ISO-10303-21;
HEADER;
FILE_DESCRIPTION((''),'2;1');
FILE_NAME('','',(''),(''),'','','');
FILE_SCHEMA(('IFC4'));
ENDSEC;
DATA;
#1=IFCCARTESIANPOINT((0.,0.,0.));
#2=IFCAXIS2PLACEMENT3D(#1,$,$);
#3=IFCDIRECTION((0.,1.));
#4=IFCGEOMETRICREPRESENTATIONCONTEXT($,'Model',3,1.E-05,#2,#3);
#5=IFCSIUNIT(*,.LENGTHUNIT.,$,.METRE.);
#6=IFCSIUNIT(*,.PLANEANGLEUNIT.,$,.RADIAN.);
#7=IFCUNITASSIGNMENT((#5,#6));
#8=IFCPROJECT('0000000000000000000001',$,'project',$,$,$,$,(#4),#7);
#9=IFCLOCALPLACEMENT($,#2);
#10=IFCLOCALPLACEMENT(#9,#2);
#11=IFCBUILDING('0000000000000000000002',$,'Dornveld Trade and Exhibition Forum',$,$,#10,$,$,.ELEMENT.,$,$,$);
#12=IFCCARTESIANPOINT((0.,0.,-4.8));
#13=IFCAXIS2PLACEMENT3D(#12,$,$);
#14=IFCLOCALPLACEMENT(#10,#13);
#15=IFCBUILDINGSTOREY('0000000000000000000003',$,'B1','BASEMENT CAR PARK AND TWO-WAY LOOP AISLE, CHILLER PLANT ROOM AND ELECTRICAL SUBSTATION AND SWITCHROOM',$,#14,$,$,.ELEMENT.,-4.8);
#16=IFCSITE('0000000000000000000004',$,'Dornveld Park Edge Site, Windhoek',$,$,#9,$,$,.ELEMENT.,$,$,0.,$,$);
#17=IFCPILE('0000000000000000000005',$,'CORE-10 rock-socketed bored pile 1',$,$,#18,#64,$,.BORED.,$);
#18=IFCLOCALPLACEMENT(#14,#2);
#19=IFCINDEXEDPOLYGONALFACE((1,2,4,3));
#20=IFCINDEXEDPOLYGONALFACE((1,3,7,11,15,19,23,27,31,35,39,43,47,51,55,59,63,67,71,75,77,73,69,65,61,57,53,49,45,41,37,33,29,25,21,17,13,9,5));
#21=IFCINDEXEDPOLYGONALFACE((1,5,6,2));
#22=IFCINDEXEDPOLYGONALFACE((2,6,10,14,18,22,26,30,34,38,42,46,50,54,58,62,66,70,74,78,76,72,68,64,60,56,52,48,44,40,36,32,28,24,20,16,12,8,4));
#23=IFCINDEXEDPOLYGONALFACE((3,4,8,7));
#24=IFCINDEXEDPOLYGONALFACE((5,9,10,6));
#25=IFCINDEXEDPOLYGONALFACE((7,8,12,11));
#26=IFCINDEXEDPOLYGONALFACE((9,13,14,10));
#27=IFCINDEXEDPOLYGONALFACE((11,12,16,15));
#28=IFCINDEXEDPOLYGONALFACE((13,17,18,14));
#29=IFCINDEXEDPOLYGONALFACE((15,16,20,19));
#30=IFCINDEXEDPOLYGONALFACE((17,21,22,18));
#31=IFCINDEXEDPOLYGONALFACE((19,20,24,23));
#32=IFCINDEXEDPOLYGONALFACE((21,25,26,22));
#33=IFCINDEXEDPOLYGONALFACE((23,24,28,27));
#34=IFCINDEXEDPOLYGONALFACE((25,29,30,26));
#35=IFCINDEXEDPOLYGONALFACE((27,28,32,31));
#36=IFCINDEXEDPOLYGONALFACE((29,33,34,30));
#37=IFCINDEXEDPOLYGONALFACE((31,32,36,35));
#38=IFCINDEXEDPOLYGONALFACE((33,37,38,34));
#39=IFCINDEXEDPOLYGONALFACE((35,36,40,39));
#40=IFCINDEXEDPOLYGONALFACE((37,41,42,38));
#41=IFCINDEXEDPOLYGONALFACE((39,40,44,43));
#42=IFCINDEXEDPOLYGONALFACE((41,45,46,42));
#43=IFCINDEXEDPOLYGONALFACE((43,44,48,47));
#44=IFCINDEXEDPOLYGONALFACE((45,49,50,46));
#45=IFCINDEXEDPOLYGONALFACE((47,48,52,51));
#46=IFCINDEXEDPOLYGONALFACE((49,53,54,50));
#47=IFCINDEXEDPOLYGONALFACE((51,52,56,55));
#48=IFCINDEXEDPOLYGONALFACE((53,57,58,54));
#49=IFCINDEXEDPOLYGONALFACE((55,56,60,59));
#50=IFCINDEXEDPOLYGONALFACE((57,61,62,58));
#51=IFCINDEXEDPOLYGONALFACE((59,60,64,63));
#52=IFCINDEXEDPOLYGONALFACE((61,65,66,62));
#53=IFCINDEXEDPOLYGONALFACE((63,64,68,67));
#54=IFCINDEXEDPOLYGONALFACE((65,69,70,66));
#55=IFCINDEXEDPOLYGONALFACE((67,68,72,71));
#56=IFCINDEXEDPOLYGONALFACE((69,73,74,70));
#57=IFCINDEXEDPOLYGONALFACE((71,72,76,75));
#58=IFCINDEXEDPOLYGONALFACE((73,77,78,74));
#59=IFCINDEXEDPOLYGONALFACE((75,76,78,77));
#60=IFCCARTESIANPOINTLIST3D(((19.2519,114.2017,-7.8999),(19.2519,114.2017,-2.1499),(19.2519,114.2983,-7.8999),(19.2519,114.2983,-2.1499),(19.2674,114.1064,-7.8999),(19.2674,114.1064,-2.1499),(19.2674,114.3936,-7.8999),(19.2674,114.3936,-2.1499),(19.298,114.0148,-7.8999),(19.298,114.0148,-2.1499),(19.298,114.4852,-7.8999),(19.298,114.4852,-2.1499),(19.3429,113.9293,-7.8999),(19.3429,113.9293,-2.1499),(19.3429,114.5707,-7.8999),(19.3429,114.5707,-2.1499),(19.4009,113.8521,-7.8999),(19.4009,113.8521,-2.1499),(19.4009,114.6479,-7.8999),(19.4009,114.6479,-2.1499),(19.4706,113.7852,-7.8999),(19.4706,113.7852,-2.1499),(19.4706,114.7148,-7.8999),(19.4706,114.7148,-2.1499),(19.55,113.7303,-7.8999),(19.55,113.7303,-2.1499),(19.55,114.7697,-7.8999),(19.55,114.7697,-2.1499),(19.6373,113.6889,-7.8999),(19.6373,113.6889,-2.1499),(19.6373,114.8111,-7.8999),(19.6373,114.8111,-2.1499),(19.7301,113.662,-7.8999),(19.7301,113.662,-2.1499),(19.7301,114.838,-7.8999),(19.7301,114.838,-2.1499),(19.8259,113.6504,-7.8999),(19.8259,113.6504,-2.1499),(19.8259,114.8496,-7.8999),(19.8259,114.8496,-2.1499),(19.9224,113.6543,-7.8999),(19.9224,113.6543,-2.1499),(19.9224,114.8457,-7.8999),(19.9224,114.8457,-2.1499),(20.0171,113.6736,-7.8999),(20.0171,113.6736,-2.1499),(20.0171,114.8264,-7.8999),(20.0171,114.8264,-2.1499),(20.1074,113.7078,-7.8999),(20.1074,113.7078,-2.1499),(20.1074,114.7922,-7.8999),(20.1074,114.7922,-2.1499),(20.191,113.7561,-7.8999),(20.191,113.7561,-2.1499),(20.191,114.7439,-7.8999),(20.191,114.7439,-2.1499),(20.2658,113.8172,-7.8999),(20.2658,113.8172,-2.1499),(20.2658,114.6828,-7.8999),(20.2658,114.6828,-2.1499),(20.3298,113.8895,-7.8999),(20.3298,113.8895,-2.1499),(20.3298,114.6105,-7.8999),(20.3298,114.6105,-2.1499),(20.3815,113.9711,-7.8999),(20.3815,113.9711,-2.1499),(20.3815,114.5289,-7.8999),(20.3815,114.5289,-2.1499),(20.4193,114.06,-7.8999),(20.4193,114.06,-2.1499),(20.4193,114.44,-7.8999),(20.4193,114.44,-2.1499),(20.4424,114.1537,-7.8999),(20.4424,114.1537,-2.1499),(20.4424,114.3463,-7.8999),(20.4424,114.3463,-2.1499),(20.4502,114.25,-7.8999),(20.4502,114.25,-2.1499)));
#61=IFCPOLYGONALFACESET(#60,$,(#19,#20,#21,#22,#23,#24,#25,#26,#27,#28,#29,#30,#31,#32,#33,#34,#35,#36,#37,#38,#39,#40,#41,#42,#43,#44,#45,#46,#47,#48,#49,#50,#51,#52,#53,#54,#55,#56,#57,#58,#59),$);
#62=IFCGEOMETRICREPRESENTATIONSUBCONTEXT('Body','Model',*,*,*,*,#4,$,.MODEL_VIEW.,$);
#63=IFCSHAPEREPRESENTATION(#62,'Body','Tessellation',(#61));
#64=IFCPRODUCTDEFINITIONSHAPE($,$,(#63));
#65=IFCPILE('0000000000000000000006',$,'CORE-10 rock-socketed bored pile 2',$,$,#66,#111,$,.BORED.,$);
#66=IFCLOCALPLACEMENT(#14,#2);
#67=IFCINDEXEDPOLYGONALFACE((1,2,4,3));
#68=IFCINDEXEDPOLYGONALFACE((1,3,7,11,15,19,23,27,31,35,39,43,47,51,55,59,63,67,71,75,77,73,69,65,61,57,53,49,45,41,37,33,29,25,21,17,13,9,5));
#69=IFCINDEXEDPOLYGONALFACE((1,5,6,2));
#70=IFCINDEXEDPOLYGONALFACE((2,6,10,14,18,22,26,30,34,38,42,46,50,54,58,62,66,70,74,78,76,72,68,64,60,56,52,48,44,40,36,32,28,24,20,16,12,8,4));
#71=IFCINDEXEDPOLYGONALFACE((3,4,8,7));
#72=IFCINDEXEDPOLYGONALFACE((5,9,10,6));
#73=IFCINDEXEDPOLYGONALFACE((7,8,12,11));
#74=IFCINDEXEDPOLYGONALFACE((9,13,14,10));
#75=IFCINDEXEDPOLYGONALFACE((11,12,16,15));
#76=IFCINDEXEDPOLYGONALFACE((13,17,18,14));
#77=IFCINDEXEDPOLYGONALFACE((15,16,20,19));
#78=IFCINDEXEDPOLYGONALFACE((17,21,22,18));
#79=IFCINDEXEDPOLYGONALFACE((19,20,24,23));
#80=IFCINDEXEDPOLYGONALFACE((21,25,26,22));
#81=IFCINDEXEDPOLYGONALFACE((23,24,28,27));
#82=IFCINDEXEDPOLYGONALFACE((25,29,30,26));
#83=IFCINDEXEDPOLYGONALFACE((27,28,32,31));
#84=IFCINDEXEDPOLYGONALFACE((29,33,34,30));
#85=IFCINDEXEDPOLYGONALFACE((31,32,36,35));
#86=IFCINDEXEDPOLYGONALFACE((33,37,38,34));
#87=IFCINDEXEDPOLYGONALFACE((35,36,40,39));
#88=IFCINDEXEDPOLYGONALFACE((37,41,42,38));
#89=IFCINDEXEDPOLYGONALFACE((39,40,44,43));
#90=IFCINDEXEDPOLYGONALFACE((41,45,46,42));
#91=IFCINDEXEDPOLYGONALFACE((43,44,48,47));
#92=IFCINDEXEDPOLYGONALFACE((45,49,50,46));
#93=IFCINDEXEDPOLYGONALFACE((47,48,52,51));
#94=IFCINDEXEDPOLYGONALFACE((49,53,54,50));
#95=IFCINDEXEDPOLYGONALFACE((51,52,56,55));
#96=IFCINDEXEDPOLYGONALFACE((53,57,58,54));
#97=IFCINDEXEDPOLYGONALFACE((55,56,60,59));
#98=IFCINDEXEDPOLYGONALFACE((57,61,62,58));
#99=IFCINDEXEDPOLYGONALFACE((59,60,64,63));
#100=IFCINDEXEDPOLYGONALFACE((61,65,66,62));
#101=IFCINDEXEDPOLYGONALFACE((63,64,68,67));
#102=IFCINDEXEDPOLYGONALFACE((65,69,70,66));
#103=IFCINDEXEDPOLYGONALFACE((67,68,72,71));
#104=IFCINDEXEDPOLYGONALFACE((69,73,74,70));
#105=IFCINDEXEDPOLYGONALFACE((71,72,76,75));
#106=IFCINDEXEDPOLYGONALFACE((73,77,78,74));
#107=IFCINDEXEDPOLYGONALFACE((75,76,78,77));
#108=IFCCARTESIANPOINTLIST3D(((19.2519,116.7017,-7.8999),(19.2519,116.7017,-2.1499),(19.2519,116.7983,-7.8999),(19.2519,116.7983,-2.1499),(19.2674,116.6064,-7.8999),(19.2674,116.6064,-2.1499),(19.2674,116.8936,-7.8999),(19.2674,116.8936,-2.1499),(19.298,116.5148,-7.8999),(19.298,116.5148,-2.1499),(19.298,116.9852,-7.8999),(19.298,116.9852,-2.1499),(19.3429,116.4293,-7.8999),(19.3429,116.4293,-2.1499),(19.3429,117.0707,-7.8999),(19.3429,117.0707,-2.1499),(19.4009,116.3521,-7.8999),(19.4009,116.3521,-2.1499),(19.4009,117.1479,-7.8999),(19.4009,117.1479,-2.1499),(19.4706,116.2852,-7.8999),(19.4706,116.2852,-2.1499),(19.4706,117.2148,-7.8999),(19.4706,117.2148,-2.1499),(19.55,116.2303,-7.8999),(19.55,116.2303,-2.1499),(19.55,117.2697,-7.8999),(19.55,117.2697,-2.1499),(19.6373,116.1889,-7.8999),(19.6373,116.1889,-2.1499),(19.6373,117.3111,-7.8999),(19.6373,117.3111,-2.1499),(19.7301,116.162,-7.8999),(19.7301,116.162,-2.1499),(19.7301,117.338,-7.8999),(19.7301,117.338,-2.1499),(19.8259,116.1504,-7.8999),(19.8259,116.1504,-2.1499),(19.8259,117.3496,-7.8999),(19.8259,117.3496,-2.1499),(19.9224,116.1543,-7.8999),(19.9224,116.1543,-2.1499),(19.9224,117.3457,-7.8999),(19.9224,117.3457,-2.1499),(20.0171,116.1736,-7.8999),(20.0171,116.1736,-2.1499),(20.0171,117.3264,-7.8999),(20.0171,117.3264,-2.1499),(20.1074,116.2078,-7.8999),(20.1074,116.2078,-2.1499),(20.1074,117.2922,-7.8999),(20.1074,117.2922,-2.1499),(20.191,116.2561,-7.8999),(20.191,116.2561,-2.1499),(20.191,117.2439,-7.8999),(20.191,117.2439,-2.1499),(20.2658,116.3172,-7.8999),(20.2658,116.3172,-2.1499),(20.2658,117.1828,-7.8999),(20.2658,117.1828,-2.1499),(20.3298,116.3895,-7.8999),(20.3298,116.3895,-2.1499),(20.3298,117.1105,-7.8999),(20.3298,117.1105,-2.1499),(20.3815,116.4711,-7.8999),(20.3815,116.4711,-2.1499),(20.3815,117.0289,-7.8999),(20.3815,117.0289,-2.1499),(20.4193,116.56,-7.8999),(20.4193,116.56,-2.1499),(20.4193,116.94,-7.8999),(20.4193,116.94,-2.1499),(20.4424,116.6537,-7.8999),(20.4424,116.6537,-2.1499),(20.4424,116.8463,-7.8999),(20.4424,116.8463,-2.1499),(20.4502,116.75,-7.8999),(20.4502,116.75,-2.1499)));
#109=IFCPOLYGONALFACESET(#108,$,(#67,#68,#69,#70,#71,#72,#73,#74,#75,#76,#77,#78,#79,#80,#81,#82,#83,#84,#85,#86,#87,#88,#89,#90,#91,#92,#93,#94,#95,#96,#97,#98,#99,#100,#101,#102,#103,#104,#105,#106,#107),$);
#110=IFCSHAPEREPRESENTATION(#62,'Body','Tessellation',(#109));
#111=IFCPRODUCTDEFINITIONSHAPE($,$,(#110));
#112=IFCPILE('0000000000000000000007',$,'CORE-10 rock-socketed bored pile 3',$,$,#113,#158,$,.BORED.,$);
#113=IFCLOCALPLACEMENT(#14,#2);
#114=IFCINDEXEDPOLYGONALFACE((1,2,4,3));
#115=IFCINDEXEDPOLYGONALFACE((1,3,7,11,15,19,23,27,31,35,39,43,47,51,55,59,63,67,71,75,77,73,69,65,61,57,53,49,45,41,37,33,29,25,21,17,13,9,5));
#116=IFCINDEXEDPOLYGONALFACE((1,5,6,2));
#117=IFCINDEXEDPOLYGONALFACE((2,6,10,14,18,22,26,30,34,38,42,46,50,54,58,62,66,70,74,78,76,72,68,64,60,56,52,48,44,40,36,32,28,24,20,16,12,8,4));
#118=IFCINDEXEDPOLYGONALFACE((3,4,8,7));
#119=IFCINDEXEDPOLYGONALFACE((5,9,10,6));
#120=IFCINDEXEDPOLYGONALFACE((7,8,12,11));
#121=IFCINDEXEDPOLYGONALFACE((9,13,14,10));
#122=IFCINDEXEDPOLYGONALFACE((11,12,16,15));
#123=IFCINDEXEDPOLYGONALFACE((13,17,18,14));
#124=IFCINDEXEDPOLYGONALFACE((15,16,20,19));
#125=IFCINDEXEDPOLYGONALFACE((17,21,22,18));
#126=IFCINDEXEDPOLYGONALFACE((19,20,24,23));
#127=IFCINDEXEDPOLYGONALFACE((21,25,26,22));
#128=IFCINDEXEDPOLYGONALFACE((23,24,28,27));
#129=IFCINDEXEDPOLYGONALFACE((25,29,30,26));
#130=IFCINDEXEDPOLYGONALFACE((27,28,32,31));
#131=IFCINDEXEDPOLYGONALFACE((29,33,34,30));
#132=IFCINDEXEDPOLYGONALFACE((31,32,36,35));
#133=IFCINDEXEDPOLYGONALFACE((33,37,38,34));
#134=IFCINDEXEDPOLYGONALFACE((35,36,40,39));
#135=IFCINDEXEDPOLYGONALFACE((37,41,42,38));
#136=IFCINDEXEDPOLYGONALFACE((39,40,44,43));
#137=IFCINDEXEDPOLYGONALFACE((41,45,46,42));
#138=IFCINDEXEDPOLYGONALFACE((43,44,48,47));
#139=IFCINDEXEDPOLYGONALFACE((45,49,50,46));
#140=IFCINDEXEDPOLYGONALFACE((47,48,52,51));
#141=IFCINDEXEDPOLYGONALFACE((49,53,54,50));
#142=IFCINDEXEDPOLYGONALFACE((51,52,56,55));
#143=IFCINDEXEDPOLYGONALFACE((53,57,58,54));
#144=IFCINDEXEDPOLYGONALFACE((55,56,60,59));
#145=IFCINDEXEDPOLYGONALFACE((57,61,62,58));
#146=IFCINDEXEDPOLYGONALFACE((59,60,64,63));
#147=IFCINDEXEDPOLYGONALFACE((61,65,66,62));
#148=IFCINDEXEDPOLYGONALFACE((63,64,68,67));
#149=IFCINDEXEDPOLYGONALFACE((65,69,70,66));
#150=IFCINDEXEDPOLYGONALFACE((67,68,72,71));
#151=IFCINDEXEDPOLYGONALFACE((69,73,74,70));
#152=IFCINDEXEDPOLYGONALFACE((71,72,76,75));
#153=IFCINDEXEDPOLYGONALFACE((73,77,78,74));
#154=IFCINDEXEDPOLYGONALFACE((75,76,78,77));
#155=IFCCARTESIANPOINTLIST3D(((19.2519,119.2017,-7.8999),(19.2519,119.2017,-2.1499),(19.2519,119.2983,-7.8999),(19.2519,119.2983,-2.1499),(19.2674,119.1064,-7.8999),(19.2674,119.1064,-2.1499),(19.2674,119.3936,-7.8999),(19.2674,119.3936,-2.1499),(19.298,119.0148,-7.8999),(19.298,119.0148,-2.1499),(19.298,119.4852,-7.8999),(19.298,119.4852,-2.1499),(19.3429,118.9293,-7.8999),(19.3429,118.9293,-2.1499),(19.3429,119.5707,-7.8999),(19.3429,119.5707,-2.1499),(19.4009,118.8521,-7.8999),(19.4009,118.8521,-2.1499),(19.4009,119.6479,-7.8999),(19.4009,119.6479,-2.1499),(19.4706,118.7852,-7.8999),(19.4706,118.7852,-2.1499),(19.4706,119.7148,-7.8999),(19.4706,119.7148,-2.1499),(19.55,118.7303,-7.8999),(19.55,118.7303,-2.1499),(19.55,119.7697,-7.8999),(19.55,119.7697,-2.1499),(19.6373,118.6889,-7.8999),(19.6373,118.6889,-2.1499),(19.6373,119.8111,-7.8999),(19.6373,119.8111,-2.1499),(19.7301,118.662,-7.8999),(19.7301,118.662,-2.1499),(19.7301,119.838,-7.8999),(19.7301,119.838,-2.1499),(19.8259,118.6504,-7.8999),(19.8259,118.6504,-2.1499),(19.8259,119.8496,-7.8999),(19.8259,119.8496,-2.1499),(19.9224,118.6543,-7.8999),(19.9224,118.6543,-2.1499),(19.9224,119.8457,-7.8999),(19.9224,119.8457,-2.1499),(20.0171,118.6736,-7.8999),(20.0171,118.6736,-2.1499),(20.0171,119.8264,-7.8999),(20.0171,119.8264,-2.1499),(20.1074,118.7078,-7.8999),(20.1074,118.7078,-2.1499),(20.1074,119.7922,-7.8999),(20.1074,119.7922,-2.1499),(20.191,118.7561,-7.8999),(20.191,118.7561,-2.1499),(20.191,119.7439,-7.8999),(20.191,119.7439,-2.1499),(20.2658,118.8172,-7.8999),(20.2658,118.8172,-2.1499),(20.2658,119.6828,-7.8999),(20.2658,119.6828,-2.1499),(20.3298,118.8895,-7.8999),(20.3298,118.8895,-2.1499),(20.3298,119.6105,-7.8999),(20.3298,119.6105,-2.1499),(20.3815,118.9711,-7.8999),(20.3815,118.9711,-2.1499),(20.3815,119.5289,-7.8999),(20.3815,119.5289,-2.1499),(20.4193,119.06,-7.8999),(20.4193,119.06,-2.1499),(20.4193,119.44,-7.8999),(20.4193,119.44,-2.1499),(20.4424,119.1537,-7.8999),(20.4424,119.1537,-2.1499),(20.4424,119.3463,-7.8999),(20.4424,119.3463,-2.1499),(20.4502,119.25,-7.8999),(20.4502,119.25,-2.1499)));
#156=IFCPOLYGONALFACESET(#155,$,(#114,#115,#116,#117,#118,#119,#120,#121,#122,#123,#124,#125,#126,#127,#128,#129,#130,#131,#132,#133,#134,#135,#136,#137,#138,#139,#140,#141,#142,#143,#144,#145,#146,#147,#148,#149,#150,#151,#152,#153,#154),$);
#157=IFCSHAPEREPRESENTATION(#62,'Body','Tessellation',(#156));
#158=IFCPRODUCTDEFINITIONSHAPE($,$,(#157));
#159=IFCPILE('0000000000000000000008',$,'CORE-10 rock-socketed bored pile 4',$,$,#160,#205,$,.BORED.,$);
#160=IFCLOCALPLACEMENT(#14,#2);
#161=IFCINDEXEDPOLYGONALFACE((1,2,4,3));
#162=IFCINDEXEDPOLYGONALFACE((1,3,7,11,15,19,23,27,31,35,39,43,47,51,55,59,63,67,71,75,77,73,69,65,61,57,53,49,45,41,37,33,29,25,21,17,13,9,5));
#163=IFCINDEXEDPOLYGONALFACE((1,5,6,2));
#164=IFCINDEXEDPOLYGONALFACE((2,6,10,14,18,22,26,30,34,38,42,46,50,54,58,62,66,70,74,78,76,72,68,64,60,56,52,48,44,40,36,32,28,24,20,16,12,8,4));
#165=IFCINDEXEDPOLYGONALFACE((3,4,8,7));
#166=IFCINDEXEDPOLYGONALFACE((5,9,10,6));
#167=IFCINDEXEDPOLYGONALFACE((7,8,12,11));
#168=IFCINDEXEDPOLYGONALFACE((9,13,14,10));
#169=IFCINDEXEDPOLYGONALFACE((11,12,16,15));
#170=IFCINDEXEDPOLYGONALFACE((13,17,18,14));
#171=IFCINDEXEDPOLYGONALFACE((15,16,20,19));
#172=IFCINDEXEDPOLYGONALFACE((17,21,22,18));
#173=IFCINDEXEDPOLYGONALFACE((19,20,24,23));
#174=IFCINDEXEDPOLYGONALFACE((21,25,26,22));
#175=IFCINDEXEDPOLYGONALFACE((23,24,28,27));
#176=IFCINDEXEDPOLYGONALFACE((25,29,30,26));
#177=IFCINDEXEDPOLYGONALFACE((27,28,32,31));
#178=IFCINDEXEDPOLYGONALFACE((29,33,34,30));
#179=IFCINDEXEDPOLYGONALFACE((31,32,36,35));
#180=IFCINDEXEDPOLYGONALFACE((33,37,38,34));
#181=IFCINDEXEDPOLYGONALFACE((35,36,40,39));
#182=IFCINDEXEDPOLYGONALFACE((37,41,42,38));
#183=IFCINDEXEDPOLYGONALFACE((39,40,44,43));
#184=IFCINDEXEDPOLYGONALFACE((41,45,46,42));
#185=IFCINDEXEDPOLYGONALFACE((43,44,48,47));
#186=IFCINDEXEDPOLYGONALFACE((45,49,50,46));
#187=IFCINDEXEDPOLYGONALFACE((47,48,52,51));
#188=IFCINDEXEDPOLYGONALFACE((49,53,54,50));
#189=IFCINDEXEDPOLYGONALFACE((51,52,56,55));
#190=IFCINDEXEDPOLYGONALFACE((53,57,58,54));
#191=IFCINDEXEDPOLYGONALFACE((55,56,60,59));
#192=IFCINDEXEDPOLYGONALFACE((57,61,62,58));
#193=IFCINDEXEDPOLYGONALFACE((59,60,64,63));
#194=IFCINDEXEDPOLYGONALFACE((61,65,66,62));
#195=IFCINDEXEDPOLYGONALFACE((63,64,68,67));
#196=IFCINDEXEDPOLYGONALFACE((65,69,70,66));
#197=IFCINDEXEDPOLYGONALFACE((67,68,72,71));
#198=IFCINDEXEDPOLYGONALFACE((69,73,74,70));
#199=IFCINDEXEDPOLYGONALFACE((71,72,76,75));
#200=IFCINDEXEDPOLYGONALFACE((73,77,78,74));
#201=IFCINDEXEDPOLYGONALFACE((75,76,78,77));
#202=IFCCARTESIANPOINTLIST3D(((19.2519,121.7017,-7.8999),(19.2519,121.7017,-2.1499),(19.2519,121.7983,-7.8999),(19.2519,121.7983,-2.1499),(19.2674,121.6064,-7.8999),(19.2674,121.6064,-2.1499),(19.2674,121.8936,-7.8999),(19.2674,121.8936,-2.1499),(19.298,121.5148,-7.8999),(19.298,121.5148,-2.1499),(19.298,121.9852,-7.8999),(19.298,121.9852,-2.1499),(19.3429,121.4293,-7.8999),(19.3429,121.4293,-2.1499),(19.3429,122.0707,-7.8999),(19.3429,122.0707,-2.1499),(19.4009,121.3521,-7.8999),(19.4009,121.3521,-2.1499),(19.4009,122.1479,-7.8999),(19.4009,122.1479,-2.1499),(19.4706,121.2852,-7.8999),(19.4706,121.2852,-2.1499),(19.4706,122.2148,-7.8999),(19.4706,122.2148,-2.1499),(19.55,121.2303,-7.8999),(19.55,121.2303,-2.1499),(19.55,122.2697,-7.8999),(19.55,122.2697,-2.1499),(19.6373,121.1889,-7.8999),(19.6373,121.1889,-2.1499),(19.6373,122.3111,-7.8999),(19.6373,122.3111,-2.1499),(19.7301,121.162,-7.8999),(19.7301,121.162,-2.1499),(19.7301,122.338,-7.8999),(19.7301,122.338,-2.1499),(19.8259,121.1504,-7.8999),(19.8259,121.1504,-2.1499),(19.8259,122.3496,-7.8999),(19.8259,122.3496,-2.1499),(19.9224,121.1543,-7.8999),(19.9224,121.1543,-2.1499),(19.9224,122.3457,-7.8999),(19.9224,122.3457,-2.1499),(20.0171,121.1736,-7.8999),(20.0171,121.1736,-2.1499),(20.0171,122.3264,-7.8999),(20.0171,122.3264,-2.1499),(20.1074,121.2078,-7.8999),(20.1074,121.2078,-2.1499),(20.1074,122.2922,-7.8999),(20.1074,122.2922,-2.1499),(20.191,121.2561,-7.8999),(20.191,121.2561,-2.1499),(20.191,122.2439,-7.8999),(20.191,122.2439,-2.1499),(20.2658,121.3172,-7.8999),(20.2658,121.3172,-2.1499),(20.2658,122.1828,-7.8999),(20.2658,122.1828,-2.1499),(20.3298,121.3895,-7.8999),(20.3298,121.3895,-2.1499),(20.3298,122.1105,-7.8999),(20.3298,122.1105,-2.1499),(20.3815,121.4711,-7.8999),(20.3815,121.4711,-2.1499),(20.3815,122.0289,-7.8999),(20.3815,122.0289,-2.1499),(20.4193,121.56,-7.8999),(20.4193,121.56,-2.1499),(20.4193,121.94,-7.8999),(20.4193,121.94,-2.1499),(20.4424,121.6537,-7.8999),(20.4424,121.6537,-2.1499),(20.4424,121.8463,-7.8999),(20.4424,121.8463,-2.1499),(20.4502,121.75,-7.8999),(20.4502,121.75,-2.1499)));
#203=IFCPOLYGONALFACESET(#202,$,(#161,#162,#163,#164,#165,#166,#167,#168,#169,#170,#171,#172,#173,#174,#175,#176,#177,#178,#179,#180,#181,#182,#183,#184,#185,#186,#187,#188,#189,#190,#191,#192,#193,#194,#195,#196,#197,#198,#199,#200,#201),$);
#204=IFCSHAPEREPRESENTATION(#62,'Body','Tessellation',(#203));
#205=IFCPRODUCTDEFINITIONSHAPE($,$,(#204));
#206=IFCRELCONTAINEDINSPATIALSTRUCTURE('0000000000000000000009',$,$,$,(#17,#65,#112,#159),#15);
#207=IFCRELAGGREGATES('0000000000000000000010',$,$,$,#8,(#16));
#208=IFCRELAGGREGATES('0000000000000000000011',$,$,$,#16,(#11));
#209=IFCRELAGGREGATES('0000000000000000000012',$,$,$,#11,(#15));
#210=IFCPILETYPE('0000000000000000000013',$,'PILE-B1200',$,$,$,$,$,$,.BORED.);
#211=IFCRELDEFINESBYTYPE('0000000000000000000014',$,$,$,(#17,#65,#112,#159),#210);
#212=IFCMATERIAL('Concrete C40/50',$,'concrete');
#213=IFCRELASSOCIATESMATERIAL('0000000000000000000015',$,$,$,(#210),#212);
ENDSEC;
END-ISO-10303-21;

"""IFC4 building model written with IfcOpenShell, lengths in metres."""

from ifc_helpers import new_model, si_unit, direction, frame, origin, origin_2d, place, context, subcontext, project, spatial, circle, extrude, material, material_profile, profile_set, type_object, element, save


model = new_model("IFC4")

# Units and contexts
model_context = context("Model", 3, precision=1e-05, world=origin(), true_north=direction((0.0, 1.0)))
body_context = subcontext(model_context, "Body", "Model", "MODEL_VIEW")
ifc_project = project(units=[si_unit("LENGTHUNIT", "METRE"), si_unit("PLANEANGLEUNIT", "RADIAN")], contexts=[model_context])

# Site, building, storey
site_placement = place(None, origin())
site = spatial("IfcSite", under=ifc_project, at=site_placement, Name="Dornveld Park Edge Site, Windhoek", CompositionType="ELEMENT", RefElevation=0.0)
building_placement = place(site_placement, origin())
building = spatial("IfcBuilding", under=site, at=building_placement, Name="Dornveld Trade and Exhibition Forum", CompositionType="ELEMENT")
storey_placement = place(building_placement, frame((0.0, 0.0, -4.8)))
storey = spatial("IfcBuildingStorey", under=building, at=storey_placement, Name="B1", Description="BASEMENT CAR PARK AND TWO-WAY LOOP AISLE, CHILLER PLANT ROOM AND ELECTRICAL SUBSTATION AND SWITCHROOM", CompositionType="ELEMENT", Elevation=-4.8)

# Piles
ifc_material_1 = material(Name="Concrete C40/50", Category="concrete")
ifc_material_profile_1 = material_profile(ifc_material_1, circle(Radius=0.6001, at=origin_2d()), Name="PILE D1200")
ifc_profile_set_1 = profile_set([ifc_material_profile_1], Name="Concrete C40/50")
pile_type_1 = type_object("IfcPileType", Name="PILE-B1200", PredefinedType="BORED", material=ifc_profile_set_1)
for number, where, z_axis, x_axis, name in (
    (1, (19.8501, 114.25, -2.1499), (0.0, 0.0, -1.0), (1.0, 0.0, 0.0), "CORE-10 rock-socketed bored pile 1"),
    (2, (19.8501, 116.75, -2.1499), (0.0, 0.0, -1.0), (1.0, 0.0, 0.0), "CORE-10 rock-socketed bored pile 2"),
    (3, (19.8501, 119.25, -2.1499), (0.0, 0.0, -1.0), (1.0, 0.0, 0.0), "CORE-10 rock-socketed bored pile 3"),
    (4, (19.8501, 121.75, -2.1499), (0.0, 0.0, -1.0), (1.0, 0.0, 0.0), "CORE-10 rock-socketed bored pile 4"),
):
    element("IfcPile", number, at=place(storey_placement, frame(where, z_axis=z_axis, x_axis=x_axis)), inside=storey, type_object=pile_type_1, Name=name, PredefinedType="BORED", context=body_context, shape_type="SweptSolid", body=[
        extrude(circle(Radius=0.6001, at=origin_2d()), origin(), (0.0, 0.0, 1.0), 5.75),
    ])

save(model, "model.ifc")
